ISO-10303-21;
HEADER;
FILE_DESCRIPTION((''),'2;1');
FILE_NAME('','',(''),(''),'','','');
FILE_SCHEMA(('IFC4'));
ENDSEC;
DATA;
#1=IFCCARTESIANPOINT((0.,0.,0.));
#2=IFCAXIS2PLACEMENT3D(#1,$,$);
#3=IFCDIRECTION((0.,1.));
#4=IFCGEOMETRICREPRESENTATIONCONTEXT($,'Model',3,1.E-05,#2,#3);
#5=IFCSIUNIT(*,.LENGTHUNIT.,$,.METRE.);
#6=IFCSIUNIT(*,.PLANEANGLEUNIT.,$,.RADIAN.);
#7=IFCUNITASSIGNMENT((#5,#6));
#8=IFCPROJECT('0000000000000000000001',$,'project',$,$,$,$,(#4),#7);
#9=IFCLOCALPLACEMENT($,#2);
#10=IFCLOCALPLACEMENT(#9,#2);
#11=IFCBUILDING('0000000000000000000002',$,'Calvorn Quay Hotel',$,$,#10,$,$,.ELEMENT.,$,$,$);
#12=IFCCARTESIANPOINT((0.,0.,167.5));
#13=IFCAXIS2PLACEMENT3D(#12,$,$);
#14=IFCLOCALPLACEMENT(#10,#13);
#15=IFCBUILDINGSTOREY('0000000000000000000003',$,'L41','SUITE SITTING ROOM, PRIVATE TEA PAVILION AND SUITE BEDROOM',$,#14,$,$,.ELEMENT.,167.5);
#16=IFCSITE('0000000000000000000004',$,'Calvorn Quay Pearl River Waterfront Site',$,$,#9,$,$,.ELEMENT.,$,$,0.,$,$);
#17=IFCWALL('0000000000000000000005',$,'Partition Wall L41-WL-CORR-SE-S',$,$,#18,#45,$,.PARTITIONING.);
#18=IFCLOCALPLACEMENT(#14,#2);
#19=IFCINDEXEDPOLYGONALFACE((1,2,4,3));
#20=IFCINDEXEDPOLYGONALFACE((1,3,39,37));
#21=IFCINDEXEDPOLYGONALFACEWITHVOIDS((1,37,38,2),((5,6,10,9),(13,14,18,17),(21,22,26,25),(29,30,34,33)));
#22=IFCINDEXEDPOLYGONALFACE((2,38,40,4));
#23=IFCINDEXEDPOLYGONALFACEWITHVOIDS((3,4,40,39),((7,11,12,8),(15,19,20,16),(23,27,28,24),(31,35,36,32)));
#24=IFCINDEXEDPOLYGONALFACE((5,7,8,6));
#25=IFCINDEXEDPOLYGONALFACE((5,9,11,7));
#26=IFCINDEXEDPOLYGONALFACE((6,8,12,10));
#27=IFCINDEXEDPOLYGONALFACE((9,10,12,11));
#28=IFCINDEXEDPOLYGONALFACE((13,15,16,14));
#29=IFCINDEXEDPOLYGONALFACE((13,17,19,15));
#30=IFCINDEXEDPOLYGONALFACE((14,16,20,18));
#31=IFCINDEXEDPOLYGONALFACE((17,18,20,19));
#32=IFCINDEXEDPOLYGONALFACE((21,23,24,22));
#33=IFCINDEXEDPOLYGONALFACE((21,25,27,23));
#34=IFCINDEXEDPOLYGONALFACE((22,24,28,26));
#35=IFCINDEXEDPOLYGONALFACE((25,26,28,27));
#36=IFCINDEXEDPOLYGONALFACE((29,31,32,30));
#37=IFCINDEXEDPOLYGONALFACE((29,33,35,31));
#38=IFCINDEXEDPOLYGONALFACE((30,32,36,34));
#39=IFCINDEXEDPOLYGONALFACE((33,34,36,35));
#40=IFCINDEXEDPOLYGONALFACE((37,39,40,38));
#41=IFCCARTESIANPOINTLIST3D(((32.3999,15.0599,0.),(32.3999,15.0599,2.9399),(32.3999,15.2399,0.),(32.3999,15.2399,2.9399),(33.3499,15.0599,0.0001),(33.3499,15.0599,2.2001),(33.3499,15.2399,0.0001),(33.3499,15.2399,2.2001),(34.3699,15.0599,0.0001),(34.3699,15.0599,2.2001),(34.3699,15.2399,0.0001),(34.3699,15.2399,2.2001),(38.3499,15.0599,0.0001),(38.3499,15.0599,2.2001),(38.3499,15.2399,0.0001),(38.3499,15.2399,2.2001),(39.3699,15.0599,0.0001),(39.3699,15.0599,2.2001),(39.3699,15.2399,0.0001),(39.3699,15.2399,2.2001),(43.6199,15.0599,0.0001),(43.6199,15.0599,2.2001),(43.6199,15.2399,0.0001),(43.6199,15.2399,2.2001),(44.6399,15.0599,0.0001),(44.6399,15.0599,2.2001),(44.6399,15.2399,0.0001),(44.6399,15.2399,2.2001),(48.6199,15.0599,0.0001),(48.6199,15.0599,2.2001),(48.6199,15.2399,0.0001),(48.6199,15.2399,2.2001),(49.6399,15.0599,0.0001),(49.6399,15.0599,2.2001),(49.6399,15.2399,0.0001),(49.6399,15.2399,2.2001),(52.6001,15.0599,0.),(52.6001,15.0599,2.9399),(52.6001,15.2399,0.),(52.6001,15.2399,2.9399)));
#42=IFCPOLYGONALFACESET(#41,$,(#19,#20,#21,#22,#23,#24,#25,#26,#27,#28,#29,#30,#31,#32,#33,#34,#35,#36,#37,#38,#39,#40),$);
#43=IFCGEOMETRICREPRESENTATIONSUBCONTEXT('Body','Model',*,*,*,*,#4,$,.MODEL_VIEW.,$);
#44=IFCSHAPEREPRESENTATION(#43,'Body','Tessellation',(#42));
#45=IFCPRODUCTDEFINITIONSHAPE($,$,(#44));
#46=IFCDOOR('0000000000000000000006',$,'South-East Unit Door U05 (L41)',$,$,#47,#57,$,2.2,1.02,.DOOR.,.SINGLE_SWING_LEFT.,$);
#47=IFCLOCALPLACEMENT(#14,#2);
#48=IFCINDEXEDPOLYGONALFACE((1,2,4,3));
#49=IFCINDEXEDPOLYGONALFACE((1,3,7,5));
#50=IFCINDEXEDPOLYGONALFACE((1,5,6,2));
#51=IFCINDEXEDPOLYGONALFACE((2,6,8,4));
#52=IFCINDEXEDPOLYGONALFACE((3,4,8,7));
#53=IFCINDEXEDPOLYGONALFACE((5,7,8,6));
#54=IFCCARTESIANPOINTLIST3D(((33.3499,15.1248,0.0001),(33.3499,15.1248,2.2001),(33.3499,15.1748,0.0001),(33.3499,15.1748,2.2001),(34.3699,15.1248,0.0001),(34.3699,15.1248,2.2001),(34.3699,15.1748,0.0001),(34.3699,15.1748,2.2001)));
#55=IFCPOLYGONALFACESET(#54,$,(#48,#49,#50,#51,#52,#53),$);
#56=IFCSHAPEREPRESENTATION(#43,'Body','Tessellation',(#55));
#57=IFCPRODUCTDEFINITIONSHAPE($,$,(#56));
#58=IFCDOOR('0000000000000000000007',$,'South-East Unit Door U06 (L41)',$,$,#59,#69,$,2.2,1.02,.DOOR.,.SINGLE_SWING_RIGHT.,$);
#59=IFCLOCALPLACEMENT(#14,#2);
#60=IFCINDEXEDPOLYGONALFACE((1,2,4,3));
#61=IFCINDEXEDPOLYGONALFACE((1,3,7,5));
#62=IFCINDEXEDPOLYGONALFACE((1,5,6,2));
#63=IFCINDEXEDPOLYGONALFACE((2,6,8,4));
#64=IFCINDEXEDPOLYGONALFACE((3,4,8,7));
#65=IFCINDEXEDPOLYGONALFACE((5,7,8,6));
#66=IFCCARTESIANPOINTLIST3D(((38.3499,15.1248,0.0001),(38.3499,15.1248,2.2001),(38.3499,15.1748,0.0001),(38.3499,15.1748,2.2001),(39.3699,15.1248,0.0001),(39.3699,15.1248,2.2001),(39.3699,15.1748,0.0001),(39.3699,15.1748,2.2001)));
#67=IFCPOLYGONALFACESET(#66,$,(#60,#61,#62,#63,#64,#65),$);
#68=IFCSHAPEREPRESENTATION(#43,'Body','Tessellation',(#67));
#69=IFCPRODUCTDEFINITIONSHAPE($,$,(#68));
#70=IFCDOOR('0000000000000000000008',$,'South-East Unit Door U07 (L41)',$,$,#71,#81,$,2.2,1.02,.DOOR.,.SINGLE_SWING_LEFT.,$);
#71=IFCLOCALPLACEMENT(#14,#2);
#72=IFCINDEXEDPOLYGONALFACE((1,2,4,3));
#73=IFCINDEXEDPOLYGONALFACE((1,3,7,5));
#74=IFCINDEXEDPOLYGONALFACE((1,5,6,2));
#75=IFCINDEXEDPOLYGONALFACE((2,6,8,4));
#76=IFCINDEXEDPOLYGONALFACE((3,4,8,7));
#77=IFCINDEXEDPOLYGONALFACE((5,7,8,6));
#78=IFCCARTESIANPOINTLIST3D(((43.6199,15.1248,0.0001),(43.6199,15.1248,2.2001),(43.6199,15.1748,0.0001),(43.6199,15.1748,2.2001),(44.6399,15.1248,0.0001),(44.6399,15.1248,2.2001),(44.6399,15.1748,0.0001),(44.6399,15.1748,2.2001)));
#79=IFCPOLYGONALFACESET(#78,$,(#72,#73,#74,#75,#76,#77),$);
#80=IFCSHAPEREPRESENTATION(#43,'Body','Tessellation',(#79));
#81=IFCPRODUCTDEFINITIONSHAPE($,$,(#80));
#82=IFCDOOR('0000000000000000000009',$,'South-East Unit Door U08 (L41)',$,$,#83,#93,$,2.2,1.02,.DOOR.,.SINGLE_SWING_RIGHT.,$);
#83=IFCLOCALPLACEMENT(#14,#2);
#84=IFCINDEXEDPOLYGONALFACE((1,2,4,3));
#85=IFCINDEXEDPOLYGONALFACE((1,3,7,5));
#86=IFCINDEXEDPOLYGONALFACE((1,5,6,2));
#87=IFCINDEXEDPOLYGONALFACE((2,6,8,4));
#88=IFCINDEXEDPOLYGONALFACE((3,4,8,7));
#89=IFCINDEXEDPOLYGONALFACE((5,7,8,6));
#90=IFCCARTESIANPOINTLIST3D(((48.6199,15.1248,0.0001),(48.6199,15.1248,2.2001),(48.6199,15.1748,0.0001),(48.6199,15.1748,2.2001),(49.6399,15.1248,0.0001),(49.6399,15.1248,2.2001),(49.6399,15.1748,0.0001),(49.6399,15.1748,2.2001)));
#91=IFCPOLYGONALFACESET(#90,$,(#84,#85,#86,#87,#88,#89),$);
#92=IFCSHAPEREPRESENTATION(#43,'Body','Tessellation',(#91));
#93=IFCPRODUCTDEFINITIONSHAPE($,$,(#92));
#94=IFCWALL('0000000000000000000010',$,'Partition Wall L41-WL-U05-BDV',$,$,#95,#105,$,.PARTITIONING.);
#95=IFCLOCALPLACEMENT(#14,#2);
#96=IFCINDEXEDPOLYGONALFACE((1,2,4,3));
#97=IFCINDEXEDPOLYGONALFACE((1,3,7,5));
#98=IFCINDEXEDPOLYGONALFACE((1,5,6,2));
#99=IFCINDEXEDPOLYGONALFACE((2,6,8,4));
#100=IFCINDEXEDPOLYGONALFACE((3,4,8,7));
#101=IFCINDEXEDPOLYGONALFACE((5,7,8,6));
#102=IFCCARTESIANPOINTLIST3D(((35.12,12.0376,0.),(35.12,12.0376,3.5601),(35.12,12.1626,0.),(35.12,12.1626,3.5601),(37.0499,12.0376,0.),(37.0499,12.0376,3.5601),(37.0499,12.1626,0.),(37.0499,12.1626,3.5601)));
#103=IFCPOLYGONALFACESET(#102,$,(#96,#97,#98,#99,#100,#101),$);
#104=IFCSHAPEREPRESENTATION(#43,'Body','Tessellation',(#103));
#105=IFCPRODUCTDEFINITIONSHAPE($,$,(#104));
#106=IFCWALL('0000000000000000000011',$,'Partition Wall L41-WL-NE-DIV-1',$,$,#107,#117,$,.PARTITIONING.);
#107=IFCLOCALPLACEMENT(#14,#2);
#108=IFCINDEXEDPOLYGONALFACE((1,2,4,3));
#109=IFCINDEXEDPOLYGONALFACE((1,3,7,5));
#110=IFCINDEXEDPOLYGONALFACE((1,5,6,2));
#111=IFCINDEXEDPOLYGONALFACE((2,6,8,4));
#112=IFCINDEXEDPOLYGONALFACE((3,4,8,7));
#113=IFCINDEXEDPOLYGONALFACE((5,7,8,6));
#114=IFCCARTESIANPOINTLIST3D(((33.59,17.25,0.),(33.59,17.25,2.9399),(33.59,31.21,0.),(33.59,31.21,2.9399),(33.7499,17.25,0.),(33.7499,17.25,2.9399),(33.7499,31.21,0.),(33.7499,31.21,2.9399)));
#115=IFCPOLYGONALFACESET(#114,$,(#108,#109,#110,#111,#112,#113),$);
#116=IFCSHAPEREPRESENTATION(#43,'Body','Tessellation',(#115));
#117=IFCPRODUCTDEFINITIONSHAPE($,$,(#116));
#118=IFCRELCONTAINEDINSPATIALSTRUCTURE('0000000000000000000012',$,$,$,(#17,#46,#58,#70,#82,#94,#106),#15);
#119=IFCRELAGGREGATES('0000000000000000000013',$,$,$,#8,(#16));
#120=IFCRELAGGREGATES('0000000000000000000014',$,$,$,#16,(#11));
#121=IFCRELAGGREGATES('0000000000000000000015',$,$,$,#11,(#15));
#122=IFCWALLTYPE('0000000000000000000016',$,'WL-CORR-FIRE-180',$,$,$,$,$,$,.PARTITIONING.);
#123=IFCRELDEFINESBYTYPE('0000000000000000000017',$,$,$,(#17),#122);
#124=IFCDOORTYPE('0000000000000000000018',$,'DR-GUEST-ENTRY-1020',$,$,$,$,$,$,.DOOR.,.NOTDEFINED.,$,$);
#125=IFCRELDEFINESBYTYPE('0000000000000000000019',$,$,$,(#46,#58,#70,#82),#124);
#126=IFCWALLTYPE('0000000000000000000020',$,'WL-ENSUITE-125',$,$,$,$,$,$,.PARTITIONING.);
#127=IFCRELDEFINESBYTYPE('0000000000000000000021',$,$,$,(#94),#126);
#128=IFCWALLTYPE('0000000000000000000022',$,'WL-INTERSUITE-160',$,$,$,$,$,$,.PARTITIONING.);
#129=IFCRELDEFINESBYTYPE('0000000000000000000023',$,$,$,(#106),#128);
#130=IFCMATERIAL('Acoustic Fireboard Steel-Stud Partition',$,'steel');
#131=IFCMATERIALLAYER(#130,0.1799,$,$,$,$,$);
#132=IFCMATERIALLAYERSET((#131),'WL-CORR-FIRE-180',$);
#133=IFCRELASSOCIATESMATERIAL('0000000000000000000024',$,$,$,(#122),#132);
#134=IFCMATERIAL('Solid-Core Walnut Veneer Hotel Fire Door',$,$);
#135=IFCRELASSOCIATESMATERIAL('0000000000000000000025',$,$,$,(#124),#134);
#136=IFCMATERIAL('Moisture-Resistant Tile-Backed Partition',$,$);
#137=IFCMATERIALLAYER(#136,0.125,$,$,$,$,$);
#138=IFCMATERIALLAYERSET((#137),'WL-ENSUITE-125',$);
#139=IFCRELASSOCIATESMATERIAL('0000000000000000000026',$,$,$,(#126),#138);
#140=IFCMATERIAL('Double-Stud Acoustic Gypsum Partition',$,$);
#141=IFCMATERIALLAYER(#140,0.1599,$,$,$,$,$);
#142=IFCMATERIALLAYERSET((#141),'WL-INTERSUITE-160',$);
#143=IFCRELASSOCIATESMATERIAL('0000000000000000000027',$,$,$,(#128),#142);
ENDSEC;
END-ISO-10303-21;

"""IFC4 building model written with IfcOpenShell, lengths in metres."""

from ifc_helpers import new_model, si_unit, direction, frame, frame_2d, origin, place, context, subcontext, project, spatial, rectangle, extrude, material, layer, layer_set, type_object, element, fill, save


model = new_model("IFC4")

# Units and contexts
model_context = context("Model", 3, precision=1e-05, world=origin(), true_north=direction((0.0, 1.0)))
body_context = subcontext(model_context, "Body", "Model", "MODEL_VIEW")
ifc_project = project(units=[si_unit("LENGTHUNIT", "METRE"), si_unit("PLANEANGLEUNIT", "RADIAN")], contexts=[model_context])

# Site, building, storey
site_placement = place(None, origin())
site = spatial("IfcSite", under=ifc_project, at=site_placement, Name="Calvorn Quay Pearl River Waterfront Site", CompositionType="ELEMENT", RefElevation=0.0)
building_placement = place(site_placement, origin())
building = spatial("IfcBuilding", under=site, at=building_placement, Name="Calvorn Quay Hotel", CompositionType="ELEMENT")
storey_placement = place(building_placement, frame((0.0, 0.0, 167.5)))
storey = spatial("IfcBuildingStorey", under=building, at=storey_placement, Name="L41", Description="SUITE SITTING ROOM, PRIVATE TEA PAVILION AND SUITE BEDROOM", CompositionType="ELEMENT", Elevation=167.5)

# Wall, openings, doors
ifc_material_1 = material(Name="Acoustic Fireboard Steel-Stud Partition", Category="steel")
ifc_layer_1 = layer(ifc_material_1, 0.1799)
ifc_layer_set_1 = layer_set([ifc_layer_1], Name="WL-CORR-FIRE-180")
wall_type_1 = type_object("IfcWallType", Name="WL-CORR-FIRE-180", PredefinedType="PARTITIONING", material=ifc_layer_set_1)
wall_1_placement = place(storey_placement, frame((32.3999, 15.1499, 0.0), z_axis=(0.0, 0.0, 1.0), x_axis=(1.0, 0.0, 0.0)))
wall_1 = element("IfcWall", 1, at=wall_1_placement, inside=storey, type_object=wall_type_1, Name="Partition Wall L41-WL-CORR-SE-S", PredefinedType="PARTITIONING", context=body_context, shape_type="SweptSolid", body=[
    extrude(rectangle(XDim=20.2002, YDim=0.1799, at=frame_2d((10.1001, 0.0))), origin(), (0.0, 0.0, 1.0), 2.9399),
])
opening_1_placement = place(wall_1_placement, frame((0.95, 0.0, 0.0)))
opening_1 = element("IfcOpeningElement", 2, at=opening_1_placement, cuts=wall_1, PredefinedType="OPENING", context=body_context, shape_type="SweptSolid", body=[
    extrude(rectangle(XDim=1.02, YDim=2.2, at=frame_2d((0.51, 1.1001))), frame((0.0, 0.0999, 0.0), z_axis=(0.0, -1.0, 0.0), x_axis=(1.0, 0.0, 0.0)), (0.0, 0.0, 1.0), 0.2),
])
opening_2_placement = place(wall_1_placement, frame((5.95, 0.0, 0.0)))
opening_2 = element("IfcOpeningElement", 3, at=opening_2_placement, cuts=wall_1, PredefinedType="OPENING", context=body_context, shape_type="SweptSolid", body=[
    extrude(rectangle(XDim=1.02, YDim=2.2, at=frame_2d((0.51, 1.1001))), frame((0.0, 0.0999, 0.0), z_axis=(0.0, -1.0, 0.0), x_axis=(1.0, 0.0, 0.0)), (0.0, 0.0, 1.0), 0.2),
])
opening_3_placement = place(wall_1_placement, frame((11.22, 0.0, 0.0)))
opening_3 = element("IfcOpeningElement", 4, at=opening_3_placement, cuts=wall_1, PredefinedType="OPENING", context=body_context, shape_type="SweptSolid", body=[
    extrude(rectangle(XDim=1.02, YDim=2.2, at=frame_2d((0.51, 1.1001))), frame((0.0, 0.0999, 0.0), z_axis=(0.0, -1.0, 0.0), x_axis=(1.0, 0.0, 0.0)), (0.0, 0.0, 1.0), 0.2),
])
opening_4_placement = place(wall_1_placement, frame((16.22, 0.0, 0.0)))
opening_4 = element("IfcOpeningElement", 5, at=opening_4_placement, cuts=wall_1, PredefinedType="OPENING", context=body_context, shape_type="SweptSolid", body=[
    extrude(rectangle(XDim=1.02, YDim=2.2, at=frame_2d((0.51, 1.1001))), frame((0.0, 0.0999, 0.0), z_axis=(0.0, -1.0, 0.0), x_axis=(1.0, 0.0, 0.0)), (0.0, 0.0, 1.0), 0.2),
])
ifc_material_2 = material(Name="Solid-Core Walnut Veneer Hotel Fire Door")
door_type = type_object("IfcDoorType", Name="DR-GUEST-ENTRY-1020", OperationType="NOTDEFINED", PredefinedType="DOOR", material=ifc_material_2)
door_1_placement = place(opening_1_placement, origin())
door_1 = element("IfcDoor", 6, at=door_1_placement, inside=storey, type_object=door_type, Name="South-East Unit Door U05 (L41)", OperationType="SINGLE_SWING_LEFT", OverallHeight=2.2, OverallWidth=1.02, PredefinedType="DOOR", context=body_context, shape_type="SweptSolid", body=[
    extrude(rectangle(XDim=1.02, YDim=2.2, at=frame_2d((0.51, 1.1001))), frame((0.0, 0.0249, 0.0), z_axis=(0.0, -1.0, 0.0), x_axis=(1.0, 0.0, 0.0)), (0.0, 0.0, 1.0), 0.05),
])
fill(opening_1, door_1)
door_2_placement = place(opening_2_placement, origin())
door_2 = element("IfcDoor", 7, at=door_2_placement, inside=storey, type_object=door_type, Name="South-East Unit Door U06 (L41)", OperationType="SINGLE_SWING_RIGHT", OverallHeight=2.2, OverallWidth=1.02, PredefinedType="DOOR", context=body_context, shape_type="SweptSolid", body=[
    extrude(rectangle(XDim=1.02, YDim=2.2, at=frame_2d((0.51, 1.1001))), frame((0.0, 0.0249, 0.0), z_axis=(0.0, -1.0, 0.0), x_axis=(1.0, 0.0, 0.0)), (0.0, 0.0, 1.0), 0.05),
])
fill(opening_2, door_2)
door_3_placement = place(opening_3_placement, origin())
door_3 = element("IfcDoor", 8, at=door_3_placement, inside=storey, type_object=door_type, Name="South-East Unit Door U07 (L41)", OperationType="SINGLE_SWING_LEFT", OverallHeight=2.2, OverallWidth=1.02, PredefinedType="DOOR", context=body_context, shape_type="SweptSolid", body=[
    extrude(rectangle(XDim=1.02, YDim=2.2, at=frame_2d((0.51, 1.1001))), frame((0.0, 0.0249, 0.0), z_axis=(0.0, -1.0, 0.0), x_axis=(1.0, 0.0, 0.0)), (0.0, 0.0, 1.0), 0.05),
])
fill(opening_3, door_3)
door_4_placement = place(opening_4_placement, origin())
door_4 = element("IfcDoor", 9, at=door_4_placement, inside=storey, type_object=door_type, Name="South-East Unit Door U08 (L41)", OperationType="SINGLE_SWING_RIGHT", OverallHeight=2.2, OverallWidth=1.02, PredefinedType="DOOR", context=body_context, shape_type="SweptSolid", body=[
    extrude(rectangle(XDim=1.02, YDim=2.2, at=frame_2d((0.51, 1.1001))), frame((0.0, 0.0249, 0.0), z_axis=(0.0, -1.0, 0.0), x_axis=(1.0, 0.0, 0.0)), (0.0, 0.0, 1.0), 0.05),
])
fill(opening_4, door_4)

# Walls
ifc_material_3 = material(Name="Moisture-Resistant Tile-Backed Partition")
ifc_layer_2 = layer(ifc_material_3, 0.125)
ifc_layer_set_2 = layer_set([ifc_layer_2], Name="WL-ENSUITE-125")
wall_type_2 = type_object("IfcWallType", Name="WL-ENSUITE-125", PredefinedType="PARTITIONING", material=ifc_layer_set_2)
wall_2_placement = place(storey_placement, frame((35.1201, 12.1001, 0.0), z_axis=(0.0, 0.0, 1.0), x_axis=(1.0, 0.0, 0.0)))
element("IfcWall", 10, at=wall_2_placement, inside=storey, type_object=wall_type_2, Name="Partition Wall L41-WL-U05-BDV", PredefinedType="PARTITIONING", context=body_context, shape_type="SweptSolid", body=[
    extrude(rectangle(XDim=1.9299, YDim=0.125, at=frame_2d((0.9648, 0.0))), origin(), (0.0, 0.0, 1.0), 3.5601),
])
ifc_material_4 = material(Name="Double-Stud Acoustic Gypsum Partition")
ifc_layer_3 = layer(ifc_material_4, 0.1599)
ifc_layer_set_3 = layer_set([ifc_layer_3], Name="WL-INTERSUITE-160")
wall_type_3 = type_object("IfcWallType", Name="WL-INTERSUITE-160", PredefinedType="PARTITIONING", material=ifc_layer_set_3)
wall_3_placement = place(storey_placement, frame((33.6699, 17.25, 0.0), z_axis=(0.0, 0.0, 1.0), x_axis=(0.0, 1.0, 0.0)))
element("IfcWall", 11, at=wall_3_placement, inside=storey, type_object=wall_type_3, Name="Partition Wall L41-WL-NE-DIV-1", PredefinedType="PARTITIONING", context=body_context, shape_type="SweptSolid", body=[
    extrude(rectangle(XDim=13.96, YDim=0.1599, at=frame_2d((6.98, 0.0))), origin(), (0.0, 0.0, 1.0), 2.9399),
])

save(model, "model.ifc")
